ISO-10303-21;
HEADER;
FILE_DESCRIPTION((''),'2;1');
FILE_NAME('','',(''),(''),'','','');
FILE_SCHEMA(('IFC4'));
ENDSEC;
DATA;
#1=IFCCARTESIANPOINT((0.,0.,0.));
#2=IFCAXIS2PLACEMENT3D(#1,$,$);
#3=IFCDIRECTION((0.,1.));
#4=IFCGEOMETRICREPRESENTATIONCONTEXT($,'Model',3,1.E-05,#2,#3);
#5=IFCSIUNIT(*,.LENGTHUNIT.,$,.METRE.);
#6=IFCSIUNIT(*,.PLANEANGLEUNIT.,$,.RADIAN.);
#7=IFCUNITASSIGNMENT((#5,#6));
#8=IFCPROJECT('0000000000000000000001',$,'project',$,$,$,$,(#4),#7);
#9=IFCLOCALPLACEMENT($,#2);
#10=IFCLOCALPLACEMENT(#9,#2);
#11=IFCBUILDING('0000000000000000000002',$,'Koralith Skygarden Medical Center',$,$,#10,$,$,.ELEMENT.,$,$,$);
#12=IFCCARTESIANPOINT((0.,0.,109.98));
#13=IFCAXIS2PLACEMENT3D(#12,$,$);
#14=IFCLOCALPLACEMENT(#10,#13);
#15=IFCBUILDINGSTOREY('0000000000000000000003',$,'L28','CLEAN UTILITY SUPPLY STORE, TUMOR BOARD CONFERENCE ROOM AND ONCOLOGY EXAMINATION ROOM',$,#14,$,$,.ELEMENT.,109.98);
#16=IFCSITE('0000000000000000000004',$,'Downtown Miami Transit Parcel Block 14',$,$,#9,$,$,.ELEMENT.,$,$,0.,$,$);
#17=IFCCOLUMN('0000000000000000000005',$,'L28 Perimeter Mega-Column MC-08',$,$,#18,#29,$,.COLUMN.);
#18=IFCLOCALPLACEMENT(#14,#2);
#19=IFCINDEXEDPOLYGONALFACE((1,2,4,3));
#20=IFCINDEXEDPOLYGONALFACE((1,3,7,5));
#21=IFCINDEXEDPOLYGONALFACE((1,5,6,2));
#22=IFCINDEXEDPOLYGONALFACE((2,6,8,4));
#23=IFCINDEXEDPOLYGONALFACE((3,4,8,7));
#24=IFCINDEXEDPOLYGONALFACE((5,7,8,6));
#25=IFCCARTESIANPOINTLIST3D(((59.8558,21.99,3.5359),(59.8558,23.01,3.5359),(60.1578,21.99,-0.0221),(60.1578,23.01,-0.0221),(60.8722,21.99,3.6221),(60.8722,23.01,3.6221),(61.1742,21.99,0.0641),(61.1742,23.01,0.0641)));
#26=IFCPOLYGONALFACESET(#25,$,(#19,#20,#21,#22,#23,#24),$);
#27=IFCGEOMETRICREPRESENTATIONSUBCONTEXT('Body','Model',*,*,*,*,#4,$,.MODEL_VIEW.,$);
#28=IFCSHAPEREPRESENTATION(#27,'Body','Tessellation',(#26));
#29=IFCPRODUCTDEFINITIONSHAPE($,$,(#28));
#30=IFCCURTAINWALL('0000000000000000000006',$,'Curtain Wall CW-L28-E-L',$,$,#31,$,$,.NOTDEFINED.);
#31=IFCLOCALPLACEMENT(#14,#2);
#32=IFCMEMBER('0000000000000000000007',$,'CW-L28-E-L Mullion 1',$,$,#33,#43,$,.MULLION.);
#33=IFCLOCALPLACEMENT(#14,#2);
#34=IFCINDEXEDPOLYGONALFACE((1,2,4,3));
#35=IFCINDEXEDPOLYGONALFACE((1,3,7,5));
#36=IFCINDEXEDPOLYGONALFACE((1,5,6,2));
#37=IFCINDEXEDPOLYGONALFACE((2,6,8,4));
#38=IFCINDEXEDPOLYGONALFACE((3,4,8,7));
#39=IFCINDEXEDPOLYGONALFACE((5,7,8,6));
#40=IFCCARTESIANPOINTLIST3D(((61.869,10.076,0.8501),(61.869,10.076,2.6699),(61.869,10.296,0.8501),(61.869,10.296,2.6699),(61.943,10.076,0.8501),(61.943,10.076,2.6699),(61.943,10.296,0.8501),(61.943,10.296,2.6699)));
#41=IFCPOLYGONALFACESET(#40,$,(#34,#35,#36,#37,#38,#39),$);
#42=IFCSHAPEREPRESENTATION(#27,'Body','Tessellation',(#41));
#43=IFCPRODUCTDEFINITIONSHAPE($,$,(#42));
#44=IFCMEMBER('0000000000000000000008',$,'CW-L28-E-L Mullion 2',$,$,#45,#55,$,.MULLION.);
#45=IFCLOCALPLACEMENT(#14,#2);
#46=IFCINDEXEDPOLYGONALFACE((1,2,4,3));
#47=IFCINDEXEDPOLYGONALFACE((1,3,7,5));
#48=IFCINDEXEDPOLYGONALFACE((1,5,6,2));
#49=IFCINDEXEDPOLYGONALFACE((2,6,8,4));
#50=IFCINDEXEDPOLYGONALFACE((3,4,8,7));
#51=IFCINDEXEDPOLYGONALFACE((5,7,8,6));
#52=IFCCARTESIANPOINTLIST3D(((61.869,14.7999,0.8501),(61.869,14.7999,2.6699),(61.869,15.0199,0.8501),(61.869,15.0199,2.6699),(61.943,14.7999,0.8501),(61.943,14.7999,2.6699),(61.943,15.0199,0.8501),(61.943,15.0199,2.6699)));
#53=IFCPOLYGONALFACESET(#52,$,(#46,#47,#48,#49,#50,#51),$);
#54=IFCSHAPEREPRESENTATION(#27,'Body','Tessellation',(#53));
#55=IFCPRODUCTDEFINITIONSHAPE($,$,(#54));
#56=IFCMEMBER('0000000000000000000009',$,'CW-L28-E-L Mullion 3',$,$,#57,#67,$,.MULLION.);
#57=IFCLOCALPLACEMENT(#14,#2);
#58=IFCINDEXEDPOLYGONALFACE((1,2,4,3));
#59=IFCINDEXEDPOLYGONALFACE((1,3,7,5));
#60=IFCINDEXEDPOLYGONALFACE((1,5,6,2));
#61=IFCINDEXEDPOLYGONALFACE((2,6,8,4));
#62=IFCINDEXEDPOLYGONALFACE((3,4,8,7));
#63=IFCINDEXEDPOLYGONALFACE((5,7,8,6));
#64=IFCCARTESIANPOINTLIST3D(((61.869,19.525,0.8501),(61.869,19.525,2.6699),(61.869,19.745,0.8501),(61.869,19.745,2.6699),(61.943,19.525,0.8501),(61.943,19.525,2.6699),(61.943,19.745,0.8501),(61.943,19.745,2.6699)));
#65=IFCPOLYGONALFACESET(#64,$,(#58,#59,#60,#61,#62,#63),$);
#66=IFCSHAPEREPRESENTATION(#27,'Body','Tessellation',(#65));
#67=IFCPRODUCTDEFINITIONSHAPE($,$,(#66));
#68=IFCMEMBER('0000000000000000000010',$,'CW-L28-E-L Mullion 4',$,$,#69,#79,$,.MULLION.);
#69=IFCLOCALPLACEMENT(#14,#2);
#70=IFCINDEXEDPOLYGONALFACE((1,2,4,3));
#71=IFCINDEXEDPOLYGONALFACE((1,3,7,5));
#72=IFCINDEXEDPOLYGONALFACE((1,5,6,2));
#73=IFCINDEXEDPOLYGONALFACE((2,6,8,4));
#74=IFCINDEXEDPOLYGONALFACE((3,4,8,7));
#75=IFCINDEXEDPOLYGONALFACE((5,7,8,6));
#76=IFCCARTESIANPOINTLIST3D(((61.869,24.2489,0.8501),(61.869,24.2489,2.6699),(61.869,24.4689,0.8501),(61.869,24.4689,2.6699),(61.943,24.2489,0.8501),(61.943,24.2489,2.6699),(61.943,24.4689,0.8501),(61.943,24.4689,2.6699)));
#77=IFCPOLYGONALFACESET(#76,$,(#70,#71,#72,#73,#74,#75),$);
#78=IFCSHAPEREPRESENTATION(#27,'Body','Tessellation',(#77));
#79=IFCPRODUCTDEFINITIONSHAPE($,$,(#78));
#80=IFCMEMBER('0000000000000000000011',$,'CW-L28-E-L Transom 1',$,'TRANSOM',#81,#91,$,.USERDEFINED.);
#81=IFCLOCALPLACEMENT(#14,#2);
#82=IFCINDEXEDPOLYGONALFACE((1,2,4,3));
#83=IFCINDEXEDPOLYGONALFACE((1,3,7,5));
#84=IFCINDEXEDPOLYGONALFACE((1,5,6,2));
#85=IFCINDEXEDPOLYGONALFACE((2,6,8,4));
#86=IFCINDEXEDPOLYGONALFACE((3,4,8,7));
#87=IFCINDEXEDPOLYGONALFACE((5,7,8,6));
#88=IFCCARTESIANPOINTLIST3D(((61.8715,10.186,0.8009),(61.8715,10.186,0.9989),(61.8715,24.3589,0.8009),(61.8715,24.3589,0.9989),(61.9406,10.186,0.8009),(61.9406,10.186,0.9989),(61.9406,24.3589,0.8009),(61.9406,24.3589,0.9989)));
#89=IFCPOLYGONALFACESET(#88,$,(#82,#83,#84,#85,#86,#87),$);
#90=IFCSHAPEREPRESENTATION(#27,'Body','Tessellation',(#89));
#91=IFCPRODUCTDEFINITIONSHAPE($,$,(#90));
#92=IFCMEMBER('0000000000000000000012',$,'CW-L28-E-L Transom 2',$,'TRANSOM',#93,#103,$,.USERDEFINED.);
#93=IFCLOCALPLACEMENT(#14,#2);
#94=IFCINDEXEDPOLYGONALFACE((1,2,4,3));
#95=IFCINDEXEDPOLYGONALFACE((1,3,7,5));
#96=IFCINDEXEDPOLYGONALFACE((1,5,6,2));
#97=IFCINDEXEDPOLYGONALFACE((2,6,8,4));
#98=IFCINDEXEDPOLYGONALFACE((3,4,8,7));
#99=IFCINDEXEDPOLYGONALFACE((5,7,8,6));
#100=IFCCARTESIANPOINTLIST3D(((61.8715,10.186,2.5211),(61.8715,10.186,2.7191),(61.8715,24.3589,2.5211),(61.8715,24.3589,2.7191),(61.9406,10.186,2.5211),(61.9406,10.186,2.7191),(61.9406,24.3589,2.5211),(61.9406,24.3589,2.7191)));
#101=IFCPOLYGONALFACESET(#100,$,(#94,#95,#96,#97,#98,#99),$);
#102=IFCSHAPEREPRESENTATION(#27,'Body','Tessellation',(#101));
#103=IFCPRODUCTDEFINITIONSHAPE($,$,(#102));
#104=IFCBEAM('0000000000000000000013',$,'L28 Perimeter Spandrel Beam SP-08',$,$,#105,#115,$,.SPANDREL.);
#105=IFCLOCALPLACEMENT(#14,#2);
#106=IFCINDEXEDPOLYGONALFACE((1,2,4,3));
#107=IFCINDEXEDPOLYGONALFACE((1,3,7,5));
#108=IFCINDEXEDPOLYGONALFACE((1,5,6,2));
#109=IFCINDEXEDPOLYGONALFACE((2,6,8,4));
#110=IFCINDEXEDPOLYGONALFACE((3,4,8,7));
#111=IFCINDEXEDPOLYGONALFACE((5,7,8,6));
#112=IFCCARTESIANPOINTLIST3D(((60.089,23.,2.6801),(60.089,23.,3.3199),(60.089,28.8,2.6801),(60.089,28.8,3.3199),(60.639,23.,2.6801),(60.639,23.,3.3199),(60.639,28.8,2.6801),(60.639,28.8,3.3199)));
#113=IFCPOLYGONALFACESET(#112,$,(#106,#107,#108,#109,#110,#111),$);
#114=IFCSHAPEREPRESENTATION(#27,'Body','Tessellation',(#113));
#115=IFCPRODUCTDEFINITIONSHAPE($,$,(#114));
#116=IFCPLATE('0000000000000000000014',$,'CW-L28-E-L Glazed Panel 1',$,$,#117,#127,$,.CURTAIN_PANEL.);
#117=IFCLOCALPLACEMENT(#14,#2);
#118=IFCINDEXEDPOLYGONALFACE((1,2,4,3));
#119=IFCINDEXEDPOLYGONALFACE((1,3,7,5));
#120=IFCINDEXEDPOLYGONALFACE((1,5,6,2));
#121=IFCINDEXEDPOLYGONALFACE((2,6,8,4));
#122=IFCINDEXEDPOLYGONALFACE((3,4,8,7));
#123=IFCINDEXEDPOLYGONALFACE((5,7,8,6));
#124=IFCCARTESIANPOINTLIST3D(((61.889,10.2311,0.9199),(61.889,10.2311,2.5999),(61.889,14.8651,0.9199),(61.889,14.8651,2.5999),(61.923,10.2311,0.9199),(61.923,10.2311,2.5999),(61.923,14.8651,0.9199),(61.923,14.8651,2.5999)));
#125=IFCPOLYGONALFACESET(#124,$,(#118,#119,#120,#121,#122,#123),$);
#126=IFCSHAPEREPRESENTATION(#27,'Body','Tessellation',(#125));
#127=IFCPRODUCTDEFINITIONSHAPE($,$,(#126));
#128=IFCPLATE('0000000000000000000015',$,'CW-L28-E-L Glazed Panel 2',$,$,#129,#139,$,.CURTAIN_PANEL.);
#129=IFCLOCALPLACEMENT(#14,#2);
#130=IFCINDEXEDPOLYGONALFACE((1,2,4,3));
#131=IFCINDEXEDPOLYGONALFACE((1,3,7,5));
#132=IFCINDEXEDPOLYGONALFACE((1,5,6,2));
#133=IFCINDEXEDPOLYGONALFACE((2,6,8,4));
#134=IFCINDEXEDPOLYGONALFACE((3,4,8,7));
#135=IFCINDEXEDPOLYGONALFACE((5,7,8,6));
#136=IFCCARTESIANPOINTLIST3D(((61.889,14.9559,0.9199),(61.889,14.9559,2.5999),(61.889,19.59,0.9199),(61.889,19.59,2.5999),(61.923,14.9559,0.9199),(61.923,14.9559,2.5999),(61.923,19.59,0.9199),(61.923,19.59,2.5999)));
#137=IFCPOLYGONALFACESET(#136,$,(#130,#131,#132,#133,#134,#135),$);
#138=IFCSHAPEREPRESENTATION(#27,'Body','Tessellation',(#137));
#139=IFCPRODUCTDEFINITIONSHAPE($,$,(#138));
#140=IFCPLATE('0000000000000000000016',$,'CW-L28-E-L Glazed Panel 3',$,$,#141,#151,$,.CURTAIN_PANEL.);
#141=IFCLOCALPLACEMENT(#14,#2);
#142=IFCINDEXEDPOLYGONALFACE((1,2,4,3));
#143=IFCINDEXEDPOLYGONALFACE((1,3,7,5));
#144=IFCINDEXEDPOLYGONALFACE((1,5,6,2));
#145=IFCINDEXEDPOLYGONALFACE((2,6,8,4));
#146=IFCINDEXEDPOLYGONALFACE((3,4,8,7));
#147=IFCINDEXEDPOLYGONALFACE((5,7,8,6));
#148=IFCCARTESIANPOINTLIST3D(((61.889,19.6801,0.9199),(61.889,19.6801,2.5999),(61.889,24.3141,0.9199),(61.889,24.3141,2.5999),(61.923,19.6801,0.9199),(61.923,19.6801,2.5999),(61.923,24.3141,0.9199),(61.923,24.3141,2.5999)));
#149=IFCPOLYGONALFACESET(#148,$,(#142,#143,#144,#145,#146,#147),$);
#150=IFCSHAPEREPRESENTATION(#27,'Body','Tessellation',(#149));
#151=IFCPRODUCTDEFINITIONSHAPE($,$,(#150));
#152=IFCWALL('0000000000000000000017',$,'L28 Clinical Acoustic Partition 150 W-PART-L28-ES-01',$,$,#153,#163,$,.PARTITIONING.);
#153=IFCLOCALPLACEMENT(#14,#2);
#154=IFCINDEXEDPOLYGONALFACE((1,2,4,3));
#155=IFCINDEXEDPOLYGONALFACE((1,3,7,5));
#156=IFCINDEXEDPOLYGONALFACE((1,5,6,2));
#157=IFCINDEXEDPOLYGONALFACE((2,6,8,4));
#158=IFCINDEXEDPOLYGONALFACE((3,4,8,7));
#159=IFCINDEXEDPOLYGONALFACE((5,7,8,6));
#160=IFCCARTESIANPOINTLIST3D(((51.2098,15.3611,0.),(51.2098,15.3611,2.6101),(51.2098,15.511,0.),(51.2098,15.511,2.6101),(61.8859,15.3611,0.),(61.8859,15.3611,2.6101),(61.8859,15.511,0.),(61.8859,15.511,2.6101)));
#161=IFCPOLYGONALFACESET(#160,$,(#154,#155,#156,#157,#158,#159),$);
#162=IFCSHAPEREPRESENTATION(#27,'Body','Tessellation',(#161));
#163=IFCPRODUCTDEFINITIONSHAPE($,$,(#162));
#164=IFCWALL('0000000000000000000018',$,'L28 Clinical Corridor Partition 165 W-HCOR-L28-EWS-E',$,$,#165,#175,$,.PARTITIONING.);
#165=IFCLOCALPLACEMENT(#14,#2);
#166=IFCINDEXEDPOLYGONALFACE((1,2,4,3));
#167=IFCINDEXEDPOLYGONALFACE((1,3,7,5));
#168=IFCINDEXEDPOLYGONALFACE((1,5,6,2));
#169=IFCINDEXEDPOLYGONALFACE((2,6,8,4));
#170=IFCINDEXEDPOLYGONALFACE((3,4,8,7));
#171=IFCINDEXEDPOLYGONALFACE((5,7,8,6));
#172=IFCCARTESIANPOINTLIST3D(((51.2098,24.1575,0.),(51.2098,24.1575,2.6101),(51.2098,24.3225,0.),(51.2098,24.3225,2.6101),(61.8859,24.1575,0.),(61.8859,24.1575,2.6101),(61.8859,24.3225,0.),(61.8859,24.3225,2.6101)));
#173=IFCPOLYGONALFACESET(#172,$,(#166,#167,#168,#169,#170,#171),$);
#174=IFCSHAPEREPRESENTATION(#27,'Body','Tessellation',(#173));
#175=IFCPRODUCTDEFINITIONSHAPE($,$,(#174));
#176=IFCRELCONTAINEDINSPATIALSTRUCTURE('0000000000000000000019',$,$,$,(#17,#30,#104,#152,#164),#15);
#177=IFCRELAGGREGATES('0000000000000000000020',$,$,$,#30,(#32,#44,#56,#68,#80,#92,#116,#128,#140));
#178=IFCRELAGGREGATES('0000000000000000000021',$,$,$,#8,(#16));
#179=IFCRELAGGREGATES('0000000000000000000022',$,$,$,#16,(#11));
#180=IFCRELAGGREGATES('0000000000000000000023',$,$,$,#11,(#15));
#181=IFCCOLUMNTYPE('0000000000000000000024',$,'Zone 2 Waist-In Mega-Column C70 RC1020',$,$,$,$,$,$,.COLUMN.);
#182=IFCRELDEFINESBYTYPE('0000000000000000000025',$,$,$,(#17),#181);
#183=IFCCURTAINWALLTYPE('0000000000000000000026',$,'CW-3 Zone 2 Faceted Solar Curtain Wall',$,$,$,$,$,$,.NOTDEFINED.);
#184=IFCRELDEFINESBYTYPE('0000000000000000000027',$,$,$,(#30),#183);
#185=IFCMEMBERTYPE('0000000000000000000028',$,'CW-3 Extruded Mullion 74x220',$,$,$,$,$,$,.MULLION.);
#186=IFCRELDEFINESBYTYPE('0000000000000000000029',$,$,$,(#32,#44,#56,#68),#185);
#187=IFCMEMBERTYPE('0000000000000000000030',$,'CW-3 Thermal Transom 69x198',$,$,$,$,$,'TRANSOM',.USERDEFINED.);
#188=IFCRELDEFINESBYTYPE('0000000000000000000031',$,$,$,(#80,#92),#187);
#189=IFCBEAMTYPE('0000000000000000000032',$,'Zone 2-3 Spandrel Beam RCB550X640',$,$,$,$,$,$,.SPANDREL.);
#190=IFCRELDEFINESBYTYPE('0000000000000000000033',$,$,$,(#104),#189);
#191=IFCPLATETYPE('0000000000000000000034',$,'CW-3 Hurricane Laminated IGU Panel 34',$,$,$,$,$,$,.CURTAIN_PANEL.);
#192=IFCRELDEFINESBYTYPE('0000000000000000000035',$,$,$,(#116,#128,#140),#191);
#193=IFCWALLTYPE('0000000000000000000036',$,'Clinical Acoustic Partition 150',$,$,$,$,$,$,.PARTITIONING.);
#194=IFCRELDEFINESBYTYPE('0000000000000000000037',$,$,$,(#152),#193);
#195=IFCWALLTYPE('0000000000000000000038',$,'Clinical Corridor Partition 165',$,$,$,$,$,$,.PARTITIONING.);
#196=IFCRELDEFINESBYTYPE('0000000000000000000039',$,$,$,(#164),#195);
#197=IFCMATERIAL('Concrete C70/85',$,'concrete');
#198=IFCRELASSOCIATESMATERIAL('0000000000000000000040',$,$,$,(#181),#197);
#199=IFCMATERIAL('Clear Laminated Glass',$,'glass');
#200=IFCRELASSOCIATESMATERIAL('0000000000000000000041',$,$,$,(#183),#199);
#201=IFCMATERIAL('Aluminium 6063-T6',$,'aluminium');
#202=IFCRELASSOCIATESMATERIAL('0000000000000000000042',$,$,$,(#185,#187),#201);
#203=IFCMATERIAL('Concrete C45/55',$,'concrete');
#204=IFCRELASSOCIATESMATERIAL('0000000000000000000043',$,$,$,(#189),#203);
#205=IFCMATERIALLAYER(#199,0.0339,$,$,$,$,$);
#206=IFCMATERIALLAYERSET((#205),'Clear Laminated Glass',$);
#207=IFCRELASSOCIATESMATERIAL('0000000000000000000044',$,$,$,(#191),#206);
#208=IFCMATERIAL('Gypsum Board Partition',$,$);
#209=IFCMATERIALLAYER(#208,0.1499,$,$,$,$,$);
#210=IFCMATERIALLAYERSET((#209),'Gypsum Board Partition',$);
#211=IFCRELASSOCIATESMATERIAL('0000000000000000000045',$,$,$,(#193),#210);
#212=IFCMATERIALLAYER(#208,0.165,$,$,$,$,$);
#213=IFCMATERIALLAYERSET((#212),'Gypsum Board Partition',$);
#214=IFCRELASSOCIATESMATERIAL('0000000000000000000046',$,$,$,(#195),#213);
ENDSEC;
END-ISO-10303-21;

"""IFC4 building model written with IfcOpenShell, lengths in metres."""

from ifc_helpers import new_model, si_unit, direction, frame, frame_2d, origin, origin_2d, place, context, subcontext, project, spatial, rectangle, extrude, material, layer, layer_set, material_profile, profile_set, type_object, element, aggregate, save


model = new_model("IFC4")

# Units and contexts
model_context = context("Model", 3, precision=1e-05, world=origin(), true_north=direction((0.0, 1.0)))
body_context = subcontext(model_context, "Body", "Model", "MODEL_VIEW")
ifc_project = project(units=[si_unit("LENGTHUNIT", "METRE"), si_unit("PLANEANGLEUNIT", "RADIAN")], contexts=[model_context])

# Site, building, storey
site_placement = place(None, origin())
site = spatial("IfcSite", under=ifc_project, at=site_placement, Name="Downtown Miami Transit Parcel Block 14", CompositionType="ELEMENT", RefElevation=0.0)
building_placement = place(site_placement, origin())
building = spatial("IfcBuilding", under=site, at=building_placement, Name="Koralith Skygarden Medical Center", CompositionType="ELEMENT")
storey_placement = place(building_placement, frame((0.0, 0.0, 109.98)))
storey = spatial("IfcBuildingStorey", under=building, at=storey_placement, Name="L28", Description="CLEAN UTILITY SUPPLY STORE, TUMOR BOARD CONFERENCE ROOM AND ONCOLOGY EXAMINATION ROOM", CompositionType="ELEMENT", Elevation=109.98)

# Column
ifc_material_1 = material(Name="Concrete C70/85", Category="concrete")
ifc_material_profile_1 = material_profile(ifc_material_1, rectangle(XDim=1.02, YDim=1.02, at=origin_2d()), Name="RC1020X1020")
ifc_profile_set_1 = profile_set([ifc_material_profile_1], Name="Concrete C70/85")
column_type = type_object("IfcColumnType", Name="Zone 2 Waist-In Mega-Column C70 RC1020", PredefinedType="COLUMN", material=ifc_profile_set_1)
column_placement = place(storey_placement, frame((60.666, 22.5, 0.021), z_axis=(-0.084573, 0.0, 0.996417), x_axis=(0.0, -1.0, 0.0)))
element("IfcColumn", 1, at=column_placement, inside=storey, type_object=column_type, Name="L28 Perimeter Mega-Column MC-08", PredefinedType="COLUMN", context=body_context, shape_type="SweptSolid", body=[
    extrude(rectangle(XDim=1.02, YDim=1.02, at=origin_2d()), origin(), (0.0, 0.0, 1.0), 3.5708),
])

# Curtain wall, members
ifc_material_2 = material(Name="Clear Laminated Glass", Category="glass")
curtain_wall_type = type_object("IfcCurtainWallType", Name="CW-3 Zone 2 Faceted Solar Curtain Wall", PredefinedType="NOTDEFINED", material=ifc_material_2)
curtain_wall_placement = place(storey_placement, origin())
curtain_wall = element("IfcCurtainWall", 2, at=curtain_wall_placement, inside=storey, type_object=curtain_wall_type, Name="Curtain Wall CW-L28-E-L", PredefinedType="NOTDEFINED")
ifc_material_3 = material(Name="Aluminium 6063-T6", Category="aluminium")
ifc_material_profile_2 = material_profile(ifc_material_3, rectangle(XDim=0.074, YDim=0.22, at=origin_2d()), Name="MUL74X220")
ifc_profile_set_2 = profile_set([ifc_material_profile_2], Name="Aluminium 6063-T6")
member_type_1 = type_object("IfcMemberType", Name="CW-3 Extruded Mullion 74x220", PredefinedType="MULLION", material=ifc_profile_set_2)
member_1_placement = place(storey_placement, frame((61.906, 10.186, 0.8501), z_axis=(0.0, 0.0, 1.0), x_axis=(1.0, 0.0, 0.0)))
member_1 = element("IfcMember", 3, at=member_1_placement, type_object=member_type_1, Name="CW-L28-E-L Mullion 1", PredefinedType="MULLION", context=body_context, shape_type="SweptSolid", body=[
    extrude(rectangle(XDim=0.074, YDim=0.22, at=origin_2d()), origin(), (0.0, 0.0, 1.0), 1.8198),
])
member_2_placement = place(storey_placement, frame((61.906, 14.9099, 0.8501), z_axis=(0.0, 0.0, 1.0), x_axis=(1.0, 0.0, 0.0)))
member_2 = element("IfcMember", 4, at=member_2_placement, type_object=member_type_1, Name="CW-L28-E-L Mullion 2", PredefinedType="MULLION", context=body_context, shape_type="SweptSolid", body=[
    extrude(rectangle(XDim=0.074, YDim=0.22, at=origin_2d()), origin(), (0.0, 0.0, 1.0), 1.8198),
])
member_3_placement = place(storey_placement, frame((61.906, 19.635, 0.8501), z_axis=(0.0, 0.0, 1.0), x_axis=(1.0, 0.0, 0.0)))
member_3 = element("IfcMember", 5, at=member_3_placement, type_object=member_type_1, Name="CW-L28-E-L Mullion 3", PredefinedType="MULLION", context=body_context, shape_type="SweptSolid", body=[
    extrude(rectangle(XDim=0.074, YDim=0.22, at=origin_2d()), origin(), (0.0, 0.0, 1.0), 1.8198),
])
member_4_placement = place(storey_placement, frame((61.906, 24.3589, 0.8501), z_axis=(0.0, 0.0, 1.0), x_axis=(1.0, 0.0, 0.0)))
member_4 = element("IfcMember", 6, at=member_4_placement, type_object=member_type_1, Name="CW-L28-E-L Mullion 4", PredefinedType="MULLION", context=body_context, shape_type="SweptSolid", body=[
    extrude(rectangle(XDim=0.074, YDim=0.22, at=origin_2d()), origin(), (0.0, 0.0, 1.0), 1.8198),
])
ifc_material_profile_3 = material_profile(ifc_material_3, rectangle(XDim=0.0691, YDim=0.198, at=origin_2d()), Name="TRN69X198")
ifc_profile_set_3 = profile_set([ifc_material_profile_3], Name="Aluminium 6063-T6")
member_type_2 = type_object("IfcMemberType", Name="CW-3 Thermal Transom 69x198", ElementType="TRANSOM", PredefinedType="USERDEFINED", material=ifc_profile_set_3)
member_5_placement = place(storey_placement, frame((61.906, 10.186, 0.8999), z_axis=(0.0, 1.0, 0.0), x_axis=(-1.0, 0.0, 0.0)))
member_5 = element("IfcMember", 7, at=member_5_placement, type_object=member_type_2, Name="CW-L28-E-L Transom 1", ObjectType="TRANSOM", PredefinedType="USERDEFINED", context=body_context, shape_type="SweptSolid", body=[
    extrude(rectangle(XDim=0.0691, YDim=0.198, at=origin_2d()), origin(), (0.0, 0.0, 1.0), 14.1729),
])
member_6_placement = place(storey_placement, frame((61.906, 10.186, 2.6201), z_axis=(0.0, 1.0, 0.0), x_axis=(-1.0, 0.0, 0.0)))
member_6 = element("IfcMember", 8, at=member_6_placement, type_object=member_type_2, Name="CW-L28-E-L Transom 2", ObjectType="TRANSOM", PredefinedType="USERDEFINED", context=body_context, shape_type="SweptSolid", body=[
    extrude(rectangle(XDim=0.0691, YDim=0.198, at=origin_2d()), origin(), (0.0, 0.0, 1.0), 14.1729),
])

# Beam
ifc_material_4 = material(Name="Concrete C45/55", Category="concrete")
ifc_material_profile_4 = material_profile(ifc_material_4, rectangle(XDim=0.55, YDim=0.6399, at=origin_2d()), Name="RCB550X640")
ifc_profile_set_4 = profile_set([ifc_material_profile_4], Name="Concrete C45/55")
beam_type = type_object("IfcBeamType", Name="Zone 2-3 Spandrel Beam RCB550X640", PredefinedType="SPANDREL", material=ifc_profile_set_4)
beam_placement = place(storey_placement, frame((60.364, 23.0, 3.0), z_axis=(0.0, 1.0, 0.0), x_axis=(-1.0, 0.0, 0.0)))
element("IfcBeam", 9, at=beam_placement, inside=storey, type_object=beam_type, Name="L28 Perimeter Spandrel Beam SP-08", PredefinedType="SPANDREL", context=body_context, shape_type="SweptSolid", body=[
    extrude(rectangle(XDim=0.55, YDim=0.6399, at=origin_2d()), origin(), (0.0, 0.0, 1.0), 5.8),
])

# Plates
ifc_layer_1 = layer(ifc_material_2, 0.0339)
ifc_layer_set_1 = layer_set([ifc_layer_1], Name="Clear Laminated Glass")
plate_type = type_object("IfcPlateType", Name="CW-3 Hurricane Laminated IGU Panel 34", PredefinedType="CURTAIN_PANEL", material=ifc_layer_set_1)
plate_1_placement = place(storey_placement, frame((61.906, 12.5481, 0.9199), z_axis=(0.0, 0.0, 1.0), x_axis=(0.0, 1.0, 0.0)))
plate_1 = element("IfcPlate", 10, at=plate_1_placement, type_object=plate_type, Name="CW-L28-E-L Glazed Panel 1", PredefinedType="CURTAIN_PANEL", context=body_context, shape_type="SweptSolid", body=[
    extrude(rectangle(XDim=4.634, YDim=0.0339, at=origin_2d()), origin(), (0.0, 0.0, 1.0), 1.6799),
])
plate_2_placement = place(storey_placement, frame((61.906, 17.2729, 0.9199), z_axis=(0.0, 0.0, 1.0), x_axis=(0.0, 1.0, 0.0)))
plate_2 = element("IfcPlate", 11, at=plate_2_placement, type_object=plate_type, Name="CW-L28-E-L Glazed Panel 2", PredefinedType="CURTAIN_PANEL", context=body_context, shape_type="SweptSolid", body=[
    extrude(rectangle(XDim=4.634, YDim=0.0339, at=origin_2d()), origin(), (0.0, 0.0, 1.0), 1.6799),
])
plate_3_placement = place(storey_placement, frame((61.906, 21.9971, 0.9199), z_axis=(0.0, 0.0, 1.0), x_axis=(0.0, 1.0, 0.0)))
plate_3 = element("IfcPlate", 12, at=plate_3_placement, type_object=plate_type, Name="CW-L28-E-L Glazed Panel 3", PredefinedType="CURTAIN_PANEL", context=body_context, shape_type="SweptSolid", body=[
    extrude(rectangle(XDim=4.634, YDim=0.0339, at=origin_2d()), origin(), (0.0, 0.0, 1.0), 1.6799),
])
aggregate(curtain_wall, [member_1, member_2, member_3, member_4, member_5, member_6, plate_1, plate_2, plate_3])

# Walls
ifc_material_5 = material(Name="Gypsum Board Partition")
ifc_layer_2 = layer(ifc_material_5, 0.1499)
ifc_layer_set_2 = layer_set([ifc_layer_2], Name="Gypsum Board Partition")
wall_type_1 = type_object("IfcWallType", Name="Clinical Acoustic Partition 150", PredefinedType="PARTITIONING", material=ifc_layer_set_2)
wall_1_placement = place(storey_placement, frame((51.21, 15.436, 0.0), z_axis=(0.0, 0.0, 1.0), x_axis=(1.0, 0.0, 0.0)))
element("IfcWall", 13, at=wall_1_placement, inside=storey, type_object=wall_type_1, Name="L28 Clinical Acoustic Partition 150 W-PART-L28-ES-01", PredefinedType="PARTITIONING", context=body_context, shape_type="SweptSolid", body=[
    extrude(rectangle(XDim=10.676, YDim=0.1499, at=frame_2d((5.3379, 0.0))), origin(), (0.0, 0.0, 1.0), 2.6101),
])
ifc_layer_3 = layer(ifc_material_5, 0.165)
ifc_layer_set_3 = layer_set([ifc_layer_3], Name="Gypsum Board Partition")
wall_type_2 = type_object("IfcWallType", Name="Clinical Corridor Partition 165", PredefinedType="PARTITIONING", material=ifc_layer_set_3)
wall_2_placement = place(storey_placement, frame((51.21, 24.24, 0.0), z_axis=(0.0, 0.0, 1.0), x_axis=(1.0, 0.0, 0.0)))
element("IfcWall", 14, at=wall_2_placement, inside=storey, type_object=wall_type_2, Name="L28 Clinical Corridor Partition 165 W-HCOR-L28-EWS-E", PredefinedType="PARTITIONING", context=body_context, shape_type="SweptSolid", body=[
    extrude(rectangle(XDim=10.676, YDim=0.165, at=frame_2d((5.3379, 0.0))), origin(), (0.0, 0.0, 1.0), 2.6101),
])

save(model, "model.ifc")
